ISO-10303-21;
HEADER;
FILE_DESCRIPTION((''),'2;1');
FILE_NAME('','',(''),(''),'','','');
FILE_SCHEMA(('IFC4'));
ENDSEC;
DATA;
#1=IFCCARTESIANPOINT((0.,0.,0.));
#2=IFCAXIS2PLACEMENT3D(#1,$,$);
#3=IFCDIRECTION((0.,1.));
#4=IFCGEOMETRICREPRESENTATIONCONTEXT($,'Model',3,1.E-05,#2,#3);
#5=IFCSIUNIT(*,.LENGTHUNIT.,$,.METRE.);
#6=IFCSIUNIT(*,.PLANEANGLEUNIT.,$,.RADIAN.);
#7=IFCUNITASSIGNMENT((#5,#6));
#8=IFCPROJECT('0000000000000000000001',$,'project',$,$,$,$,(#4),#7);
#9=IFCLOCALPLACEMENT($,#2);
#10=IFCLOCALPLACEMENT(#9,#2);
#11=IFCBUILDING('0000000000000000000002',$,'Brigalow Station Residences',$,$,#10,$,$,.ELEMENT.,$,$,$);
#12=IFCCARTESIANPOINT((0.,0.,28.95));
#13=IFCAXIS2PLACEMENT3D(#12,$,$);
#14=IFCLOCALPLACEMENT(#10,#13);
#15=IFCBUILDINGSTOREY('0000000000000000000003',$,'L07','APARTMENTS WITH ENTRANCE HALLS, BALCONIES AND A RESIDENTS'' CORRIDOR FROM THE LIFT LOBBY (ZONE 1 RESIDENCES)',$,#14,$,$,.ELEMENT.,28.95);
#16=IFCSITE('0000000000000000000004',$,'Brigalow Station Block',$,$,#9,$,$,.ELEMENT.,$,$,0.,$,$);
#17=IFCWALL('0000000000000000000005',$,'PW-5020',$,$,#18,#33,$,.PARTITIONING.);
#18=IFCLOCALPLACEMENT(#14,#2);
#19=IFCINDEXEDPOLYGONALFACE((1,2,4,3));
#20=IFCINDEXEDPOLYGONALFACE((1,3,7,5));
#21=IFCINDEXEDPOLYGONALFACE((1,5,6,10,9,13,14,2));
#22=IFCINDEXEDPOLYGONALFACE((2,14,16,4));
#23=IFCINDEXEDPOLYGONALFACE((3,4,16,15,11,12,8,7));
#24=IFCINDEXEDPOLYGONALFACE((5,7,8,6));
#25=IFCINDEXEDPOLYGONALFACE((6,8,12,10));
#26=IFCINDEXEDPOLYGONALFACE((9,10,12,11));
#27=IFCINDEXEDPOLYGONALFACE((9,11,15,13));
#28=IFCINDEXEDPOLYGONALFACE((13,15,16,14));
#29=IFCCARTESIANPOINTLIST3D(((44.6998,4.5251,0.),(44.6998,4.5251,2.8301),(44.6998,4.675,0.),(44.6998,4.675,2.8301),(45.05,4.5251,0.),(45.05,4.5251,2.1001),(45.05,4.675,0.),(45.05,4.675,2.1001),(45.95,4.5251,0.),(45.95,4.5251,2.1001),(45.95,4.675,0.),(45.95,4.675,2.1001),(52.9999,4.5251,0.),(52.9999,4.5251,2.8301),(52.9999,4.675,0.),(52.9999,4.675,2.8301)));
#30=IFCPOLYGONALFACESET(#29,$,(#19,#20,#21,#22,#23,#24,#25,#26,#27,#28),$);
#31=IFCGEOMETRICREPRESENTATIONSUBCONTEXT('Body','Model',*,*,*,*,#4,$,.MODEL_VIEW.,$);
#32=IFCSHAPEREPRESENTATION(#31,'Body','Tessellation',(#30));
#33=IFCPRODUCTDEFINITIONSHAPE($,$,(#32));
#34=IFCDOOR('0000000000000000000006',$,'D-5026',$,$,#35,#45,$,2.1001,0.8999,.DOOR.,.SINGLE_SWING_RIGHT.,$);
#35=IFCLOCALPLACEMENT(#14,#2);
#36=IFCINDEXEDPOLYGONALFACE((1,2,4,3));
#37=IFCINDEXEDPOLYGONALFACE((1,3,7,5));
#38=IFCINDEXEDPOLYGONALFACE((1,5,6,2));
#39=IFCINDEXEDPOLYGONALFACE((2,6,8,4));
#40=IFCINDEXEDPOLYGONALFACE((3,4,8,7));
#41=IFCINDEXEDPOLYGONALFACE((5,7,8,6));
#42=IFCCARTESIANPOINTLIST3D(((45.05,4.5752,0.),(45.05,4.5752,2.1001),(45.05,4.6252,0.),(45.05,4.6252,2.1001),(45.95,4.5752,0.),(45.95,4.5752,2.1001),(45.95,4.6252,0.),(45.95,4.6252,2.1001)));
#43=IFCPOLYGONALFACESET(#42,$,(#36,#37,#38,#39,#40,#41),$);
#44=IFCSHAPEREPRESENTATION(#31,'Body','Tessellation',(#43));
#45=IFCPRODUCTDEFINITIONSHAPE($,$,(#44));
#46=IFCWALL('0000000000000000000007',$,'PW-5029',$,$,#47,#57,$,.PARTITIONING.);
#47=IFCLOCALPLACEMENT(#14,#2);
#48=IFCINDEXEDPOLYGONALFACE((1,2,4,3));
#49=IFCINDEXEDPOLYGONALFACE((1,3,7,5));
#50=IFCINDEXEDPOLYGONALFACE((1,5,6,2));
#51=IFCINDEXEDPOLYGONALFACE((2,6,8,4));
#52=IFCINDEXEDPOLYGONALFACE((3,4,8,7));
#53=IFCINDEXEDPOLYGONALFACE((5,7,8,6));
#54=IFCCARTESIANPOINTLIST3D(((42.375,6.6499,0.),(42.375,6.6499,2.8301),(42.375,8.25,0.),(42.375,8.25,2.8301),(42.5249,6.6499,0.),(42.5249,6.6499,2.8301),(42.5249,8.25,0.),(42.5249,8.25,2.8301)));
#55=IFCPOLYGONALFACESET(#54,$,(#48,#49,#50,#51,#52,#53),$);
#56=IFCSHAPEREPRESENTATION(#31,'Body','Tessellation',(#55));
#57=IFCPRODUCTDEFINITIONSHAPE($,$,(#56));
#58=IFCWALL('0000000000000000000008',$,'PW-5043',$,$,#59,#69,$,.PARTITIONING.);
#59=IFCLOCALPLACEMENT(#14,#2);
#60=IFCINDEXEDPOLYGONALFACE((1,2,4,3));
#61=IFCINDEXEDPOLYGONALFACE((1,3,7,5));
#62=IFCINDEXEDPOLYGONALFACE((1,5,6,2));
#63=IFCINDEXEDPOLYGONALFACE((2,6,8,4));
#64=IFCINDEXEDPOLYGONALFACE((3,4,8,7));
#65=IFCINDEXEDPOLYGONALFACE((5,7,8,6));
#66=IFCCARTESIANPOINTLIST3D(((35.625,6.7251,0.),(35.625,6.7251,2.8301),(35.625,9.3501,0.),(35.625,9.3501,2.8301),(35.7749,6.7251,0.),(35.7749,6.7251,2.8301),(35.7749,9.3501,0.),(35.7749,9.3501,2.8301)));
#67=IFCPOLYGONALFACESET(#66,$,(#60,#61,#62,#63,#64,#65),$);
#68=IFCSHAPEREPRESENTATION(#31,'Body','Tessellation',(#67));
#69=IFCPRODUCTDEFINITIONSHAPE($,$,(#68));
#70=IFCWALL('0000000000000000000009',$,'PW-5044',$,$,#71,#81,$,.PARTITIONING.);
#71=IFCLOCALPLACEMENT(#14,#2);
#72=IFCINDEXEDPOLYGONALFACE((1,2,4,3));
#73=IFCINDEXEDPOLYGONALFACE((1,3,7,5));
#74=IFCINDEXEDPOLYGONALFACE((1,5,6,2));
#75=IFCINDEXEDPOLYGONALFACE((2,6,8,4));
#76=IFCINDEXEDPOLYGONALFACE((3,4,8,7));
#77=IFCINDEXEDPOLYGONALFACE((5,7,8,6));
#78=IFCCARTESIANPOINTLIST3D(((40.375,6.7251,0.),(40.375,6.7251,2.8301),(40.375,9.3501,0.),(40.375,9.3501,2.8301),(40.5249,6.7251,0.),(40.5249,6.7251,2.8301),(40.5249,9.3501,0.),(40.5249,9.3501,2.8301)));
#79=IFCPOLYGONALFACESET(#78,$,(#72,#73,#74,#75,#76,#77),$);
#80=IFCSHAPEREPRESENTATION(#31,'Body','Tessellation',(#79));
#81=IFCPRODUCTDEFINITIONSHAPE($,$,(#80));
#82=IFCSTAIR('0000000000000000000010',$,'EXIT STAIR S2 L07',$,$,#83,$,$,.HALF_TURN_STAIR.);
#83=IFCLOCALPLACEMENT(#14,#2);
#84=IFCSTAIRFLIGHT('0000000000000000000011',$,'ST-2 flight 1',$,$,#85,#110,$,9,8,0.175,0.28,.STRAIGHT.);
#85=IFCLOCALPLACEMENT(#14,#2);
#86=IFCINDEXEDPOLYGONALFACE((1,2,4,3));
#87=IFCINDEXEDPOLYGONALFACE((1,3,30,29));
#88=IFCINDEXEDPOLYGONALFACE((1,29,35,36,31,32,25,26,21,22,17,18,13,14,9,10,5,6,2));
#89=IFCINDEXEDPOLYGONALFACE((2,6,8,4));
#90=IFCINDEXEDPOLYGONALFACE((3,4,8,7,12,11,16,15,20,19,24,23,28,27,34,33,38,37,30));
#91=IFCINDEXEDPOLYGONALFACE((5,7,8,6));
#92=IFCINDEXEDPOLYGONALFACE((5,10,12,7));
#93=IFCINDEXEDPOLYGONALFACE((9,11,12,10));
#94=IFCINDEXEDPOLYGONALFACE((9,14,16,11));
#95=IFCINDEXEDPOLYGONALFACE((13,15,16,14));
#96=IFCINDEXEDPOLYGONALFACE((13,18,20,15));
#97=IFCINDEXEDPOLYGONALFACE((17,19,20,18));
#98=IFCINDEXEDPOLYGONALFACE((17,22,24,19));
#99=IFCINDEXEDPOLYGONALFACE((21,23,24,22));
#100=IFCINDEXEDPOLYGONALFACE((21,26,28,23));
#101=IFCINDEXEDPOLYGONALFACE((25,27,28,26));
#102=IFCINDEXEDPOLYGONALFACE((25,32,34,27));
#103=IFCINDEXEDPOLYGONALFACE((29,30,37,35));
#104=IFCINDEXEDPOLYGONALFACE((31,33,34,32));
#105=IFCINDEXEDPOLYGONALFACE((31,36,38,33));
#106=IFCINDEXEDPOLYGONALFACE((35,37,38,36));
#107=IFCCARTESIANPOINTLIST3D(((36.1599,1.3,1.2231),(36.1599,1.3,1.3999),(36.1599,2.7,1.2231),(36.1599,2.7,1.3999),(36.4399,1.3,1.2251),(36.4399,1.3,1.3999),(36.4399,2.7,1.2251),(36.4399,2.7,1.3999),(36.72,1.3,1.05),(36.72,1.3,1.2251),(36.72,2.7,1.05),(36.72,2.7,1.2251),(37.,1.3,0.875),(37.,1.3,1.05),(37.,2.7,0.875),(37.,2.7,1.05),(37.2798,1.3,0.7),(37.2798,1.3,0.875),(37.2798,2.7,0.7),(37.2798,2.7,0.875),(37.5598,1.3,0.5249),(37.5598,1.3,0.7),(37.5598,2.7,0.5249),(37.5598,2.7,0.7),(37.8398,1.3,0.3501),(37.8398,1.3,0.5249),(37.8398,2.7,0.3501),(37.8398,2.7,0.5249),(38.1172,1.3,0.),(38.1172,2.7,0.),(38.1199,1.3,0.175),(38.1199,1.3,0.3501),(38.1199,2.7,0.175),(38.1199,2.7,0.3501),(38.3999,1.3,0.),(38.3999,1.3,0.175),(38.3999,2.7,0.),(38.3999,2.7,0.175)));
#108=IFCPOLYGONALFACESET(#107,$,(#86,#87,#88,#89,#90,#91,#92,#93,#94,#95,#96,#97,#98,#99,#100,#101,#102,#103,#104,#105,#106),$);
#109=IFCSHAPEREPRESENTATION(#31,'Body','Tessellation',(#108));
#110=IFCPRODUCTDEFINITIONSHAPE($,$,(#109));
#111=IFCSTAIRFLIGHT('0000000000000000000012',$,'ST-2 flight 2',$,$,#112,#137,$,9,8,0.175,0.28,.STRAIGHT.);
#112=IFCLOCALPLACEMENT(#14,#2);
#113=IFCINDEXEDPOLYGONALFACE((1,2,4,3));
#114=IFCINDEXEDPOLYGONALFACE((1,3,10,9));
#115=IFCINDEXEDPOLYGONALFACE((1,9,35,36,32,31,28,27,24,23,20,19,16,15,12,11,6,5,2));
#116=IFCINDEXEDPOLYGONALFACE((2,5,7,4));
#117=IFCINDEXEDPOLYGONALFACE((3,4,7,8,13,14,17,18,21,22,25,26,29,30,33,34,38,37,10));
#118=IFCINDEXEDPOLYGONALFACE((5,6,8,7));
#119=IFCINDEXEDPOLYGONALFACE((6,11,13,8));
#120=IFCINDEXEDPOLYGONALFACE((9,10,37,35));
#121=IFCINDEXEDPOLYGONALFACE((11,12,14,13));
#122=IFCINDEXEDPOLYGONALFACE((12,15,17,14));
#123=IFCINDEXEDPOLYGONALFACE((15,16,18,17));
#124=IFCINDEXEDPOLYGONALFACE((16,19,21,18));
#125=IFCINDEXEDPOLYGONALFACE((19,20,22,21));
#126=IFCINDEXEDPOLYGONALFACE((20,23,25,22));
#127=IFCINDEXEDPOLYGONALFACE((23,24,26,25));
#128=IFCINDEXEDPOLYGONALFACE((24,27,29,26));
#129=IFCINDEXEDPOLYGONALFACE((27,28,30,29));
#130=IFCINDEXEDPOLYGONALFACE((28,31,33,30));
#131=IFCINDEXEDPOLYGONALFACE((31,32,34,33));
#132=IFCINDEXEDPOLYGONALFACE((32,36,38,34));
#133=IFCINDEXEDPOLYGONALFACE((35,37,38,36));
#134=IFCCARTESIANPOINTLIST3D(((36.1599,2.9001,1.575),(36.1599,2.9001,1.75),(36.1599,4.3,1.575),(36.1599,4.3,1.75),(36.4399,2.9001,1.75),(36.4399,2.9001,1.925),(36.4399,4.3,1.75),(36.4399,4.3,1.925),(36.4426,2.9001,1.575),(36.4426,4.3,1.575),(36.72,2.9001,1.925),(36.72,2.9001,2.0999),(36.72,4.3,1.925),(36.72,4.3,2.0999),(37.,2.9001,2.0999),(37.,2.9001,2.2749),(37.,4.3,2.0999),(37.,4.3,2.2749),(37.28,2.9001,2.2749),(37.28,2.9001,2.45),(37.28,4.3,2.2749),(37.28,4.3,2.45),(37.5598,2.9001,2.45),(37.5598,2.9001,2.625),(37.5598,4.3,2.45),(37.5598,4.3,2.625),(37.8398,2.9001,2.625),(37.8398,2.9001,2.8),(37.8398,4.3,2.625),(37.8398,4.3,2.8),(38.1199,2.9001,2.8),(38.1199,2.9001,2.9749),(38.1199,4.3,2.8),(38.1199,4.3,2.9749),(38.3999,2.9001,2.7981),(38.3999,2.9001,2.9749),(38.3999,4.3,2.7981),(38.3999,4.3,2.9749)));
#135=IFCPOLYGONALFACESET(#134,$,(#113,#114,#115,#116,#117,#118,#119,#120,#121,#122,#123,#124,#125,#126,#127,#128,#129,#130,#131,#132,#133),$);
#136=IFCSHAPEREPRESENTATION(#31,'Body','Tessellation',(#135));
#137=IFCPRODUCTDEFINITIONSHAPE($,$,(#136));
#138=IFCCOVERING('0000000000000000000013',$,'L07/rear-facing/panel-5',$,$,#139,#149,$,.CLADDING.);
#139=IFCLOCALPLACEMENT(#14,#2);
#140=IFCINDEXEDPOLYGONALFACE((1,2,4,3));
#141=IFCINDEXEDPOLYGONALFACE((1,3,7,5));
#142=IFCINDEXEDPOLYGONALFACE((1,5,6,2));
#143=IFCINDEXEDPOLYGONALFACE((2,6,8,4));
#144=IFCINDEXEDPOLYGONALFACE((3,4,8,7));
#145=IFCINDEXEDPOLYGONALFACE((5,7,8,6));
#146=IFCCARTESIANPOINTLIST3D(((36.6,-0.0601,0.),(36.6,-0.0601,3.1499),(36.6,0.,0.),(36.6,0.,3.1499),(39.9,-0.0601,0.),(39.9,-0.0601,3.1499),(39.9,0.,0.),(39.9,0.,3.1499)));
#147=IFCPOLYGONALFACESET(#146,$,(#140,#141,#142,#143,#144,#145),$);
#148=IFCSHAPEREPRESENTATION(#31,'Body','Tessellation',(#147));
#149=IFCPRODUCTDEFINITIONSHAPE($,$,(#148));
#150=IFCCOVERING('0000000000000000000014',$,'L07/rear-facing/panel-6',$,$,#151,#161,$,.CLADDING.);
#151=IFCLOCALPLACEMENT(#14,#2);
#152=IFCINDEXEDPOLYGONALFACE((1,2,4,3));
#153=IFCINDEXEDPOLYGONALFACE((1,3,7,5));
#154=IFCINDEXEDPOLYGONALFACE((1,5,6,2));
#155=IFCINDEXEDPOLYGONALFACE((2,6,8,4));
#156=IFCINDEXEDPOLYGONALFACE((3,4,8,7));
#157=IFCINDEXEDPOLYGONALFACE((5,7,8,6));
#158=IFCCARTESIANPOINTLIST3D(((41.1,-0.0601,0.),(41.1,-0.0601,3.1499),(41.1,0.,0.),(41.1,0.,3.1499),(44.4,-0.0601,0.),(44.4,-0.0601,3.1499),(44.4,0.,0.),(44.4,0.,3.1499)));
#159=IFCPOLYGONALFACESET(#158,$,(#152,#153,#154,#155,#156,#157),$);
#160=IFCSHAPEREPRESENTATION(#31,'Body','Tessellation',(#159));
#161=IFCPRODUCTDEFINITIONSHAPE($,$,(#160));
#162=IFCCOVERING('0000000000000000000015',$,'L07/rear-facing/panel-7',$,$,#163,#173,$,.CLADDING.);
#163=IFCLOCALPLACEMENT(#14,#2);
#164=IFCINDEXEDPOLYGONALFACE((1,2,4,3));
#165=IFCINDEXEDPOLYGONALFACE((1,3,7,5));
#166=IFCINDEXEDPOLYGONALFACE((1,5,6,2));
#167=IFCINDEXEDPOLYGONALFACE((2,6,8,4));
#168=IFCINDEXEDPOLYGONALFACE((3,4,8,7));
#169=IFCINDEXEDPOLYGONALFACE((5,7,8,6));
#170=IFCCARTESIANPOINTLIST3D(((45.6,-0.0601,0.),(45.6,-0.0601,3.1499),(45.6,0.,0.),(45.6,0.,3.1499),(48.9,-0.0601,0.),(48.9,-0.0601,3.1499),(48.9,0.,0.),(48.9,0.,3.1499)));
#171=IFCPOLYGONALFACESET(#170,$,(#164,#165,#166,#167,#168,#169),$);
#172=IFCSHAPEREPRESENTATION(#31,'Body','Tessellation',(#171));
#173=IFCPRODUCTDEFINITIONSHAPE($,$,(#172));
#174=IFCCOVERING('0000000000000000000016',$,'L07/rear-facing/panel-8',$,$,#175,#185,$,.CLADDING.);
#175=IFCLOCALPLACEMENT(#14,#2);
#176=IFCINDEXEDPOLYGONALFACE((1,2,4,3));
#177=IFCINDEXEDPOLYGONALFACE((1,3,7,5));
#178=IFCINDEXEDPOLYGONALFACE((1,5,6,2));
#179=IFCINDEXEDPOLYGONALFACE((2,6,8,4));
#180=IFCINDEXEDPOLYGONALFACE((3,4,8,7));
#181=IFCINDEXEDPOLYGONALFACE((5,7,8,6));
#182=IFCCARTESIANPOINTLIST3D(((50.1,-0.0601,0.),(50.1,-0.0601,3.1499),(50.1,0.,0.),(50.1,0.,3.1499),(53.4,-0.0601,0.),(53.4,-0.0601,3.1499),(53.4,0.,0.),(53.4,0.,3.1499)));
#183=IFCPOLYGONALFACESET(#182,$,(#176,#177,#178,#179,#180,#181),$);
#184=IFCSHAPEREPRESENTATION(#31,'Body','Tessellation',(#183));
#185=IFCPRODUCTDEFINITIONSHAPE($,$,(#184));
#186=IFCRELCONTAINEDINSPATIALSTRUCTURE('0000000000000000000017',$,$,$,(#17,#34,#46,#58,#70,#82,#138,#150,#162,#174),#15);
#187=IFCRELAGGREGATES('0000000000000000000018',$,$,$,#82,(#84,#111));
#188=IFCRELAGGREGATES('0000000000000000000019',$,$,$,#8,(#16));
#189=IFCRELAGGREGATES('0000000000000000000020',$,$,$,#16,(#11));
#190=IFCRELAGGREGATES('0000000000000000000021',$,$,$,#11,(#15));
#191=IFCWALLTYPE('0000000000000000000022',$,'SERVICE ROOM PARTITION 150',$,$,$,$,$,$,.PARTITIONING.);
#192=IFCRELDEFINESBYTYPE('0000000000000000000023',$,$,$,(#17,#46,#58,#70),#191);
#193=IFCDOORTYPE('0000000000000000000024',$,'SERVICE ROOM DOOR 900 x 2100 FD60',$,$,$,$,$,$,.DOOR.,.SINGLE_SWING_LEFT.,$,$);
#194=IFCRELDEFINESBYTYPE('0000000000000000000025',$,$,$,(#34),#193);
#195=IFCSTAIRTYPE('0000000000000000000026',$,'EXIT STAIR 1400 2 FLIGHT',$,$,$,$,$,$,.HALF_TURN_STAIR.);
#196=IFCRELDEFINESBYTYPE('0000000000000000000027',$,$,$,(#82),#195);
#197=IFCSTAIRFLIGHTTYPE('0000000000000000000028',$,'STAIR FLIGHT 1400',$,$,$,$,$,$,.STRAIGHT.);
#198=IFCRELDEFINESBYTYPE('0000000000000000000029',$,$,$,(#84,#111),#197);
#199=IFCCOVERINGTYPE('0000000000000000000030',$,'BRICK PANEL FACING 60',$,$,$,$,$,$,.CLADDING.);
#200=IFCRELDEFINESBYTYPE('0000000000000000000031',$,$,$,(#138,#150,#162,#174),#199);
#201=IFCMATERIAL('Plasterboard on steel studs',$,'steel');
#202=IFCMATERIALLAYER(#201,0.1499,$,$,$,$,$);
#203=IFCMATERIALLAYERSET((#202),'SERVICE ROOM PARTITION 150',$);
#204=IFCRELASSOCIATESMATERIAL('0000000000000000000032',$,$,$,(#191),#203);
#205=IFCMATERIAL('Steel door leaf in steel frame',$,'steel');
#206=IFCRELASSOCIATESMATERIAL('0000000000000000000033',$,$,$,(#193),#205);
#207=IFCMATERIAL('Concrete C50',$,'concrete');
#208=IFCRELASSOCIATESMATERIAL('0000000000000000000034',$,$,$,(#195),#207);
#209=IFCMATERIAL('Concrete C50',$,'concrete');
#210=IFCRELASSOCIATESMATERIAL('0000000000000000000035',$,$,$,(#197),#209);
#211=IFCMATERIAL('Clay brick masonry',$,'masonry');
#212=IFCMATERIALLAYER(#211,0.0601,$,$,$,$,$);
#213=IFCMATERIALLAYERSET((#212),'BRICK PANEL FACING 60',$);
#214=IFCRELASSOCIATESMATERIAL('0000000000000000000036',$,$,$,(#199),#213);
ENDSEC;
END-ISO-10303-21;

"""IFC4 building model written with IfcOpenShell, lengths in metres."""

from ifc_helpers import new_model, si_unit, direction, frame, frame_2d, origin, origin_2d, place, context, subcontext, project, spatial, polyline, rectangle, outline, extrude, material, layer, layer_set, type_object, element, fill, aggregate, save


model = new_model("IFC4")

# Units and contexts
model_context = context("Model", 3, precision=1e-05, world=origin(), true_north=direction((0.0, 1.0)))
body_context = subcontext(model_context, "Body", "Model", "MODEL_VIEW")
ifc_project = project(units=[si_unit("LENGTHUNIT", "METRE"), si_unit("PLANEANGLEUNIT", "RADIAN")], contexts=[model_context])

# Site, building, storey
site_placement = place(None, origin())
site = spatial("IfcSite", under=ifc_project, at=site_placement, Name="Brigalow Station Block", CompositionType="ELEMENT", RefElevation=0.0)
building_placement = place(site_placement, origin())
building = spatial("IfcBuilding", under=site, at=building_placement, Name="Brigalow Station Residences", CompositionType="ELEMENT")
storey_placement = place(building_placement, frame((0.0, 0.0, 28.95)))
storey = spatial("IfcBuildingStorey", under=building, at=storey_placement, Name="L07", Description="APARTMENTS WITH ENTRANCE HALLS, BALCONIES AND A RESIDENTS' CORRIDOR FROM THE LIFT LOBBY (ZONE 1 RESIDENCES)", CompositionType="ELEMENT", Elevation=28.95)

# Wall, opening, door
ifc_material_1 = material(Name="Plasterboard on steel studs", Category="steel")
ifc_layer_1 = layer(ifc_material_1, 0.1499)
ifc_layer_set_1 = layer_set([ifc_layer_1], Name="SERVICE ROOM PARTITION 150")
wall_type_1 = type_object("IfcWallType", Name="SERVICE ROOM PARTITION 150", PredefinedType="PARTITIONING", material=ifc_layer_set_1)
wall_1_placement = place(storey_placement, frame((44.7, 4.6001, 0.0), z_axis=(0.0, 0.0, 1.0), x_axis=(1.0, 0.0, 0.0)))
wall_1 = element("IfcWall", 1, at=wall_1_placement, inside=storey, type_object=wall_type_1, Name="PW-5020", PredefinedType="PARTITIONING", context=body_context, shape_type="SweptSolid", body=[
    extrude(rectangle(XDim=8.3, YDim=0.1499, at=frame_2d((4.1499, 0.0))), origin(), (0.0, 0.0, 1.0), 2.8301),
])
opening_1_placement = place(wall_1_placement, frame((0.3501, 0.0, 0.0)))
opening_1 = element("IfcOpeningElement", 2, at=opening_1_placement, cuts=wall_1, PredefinedType="OPENING", context=body_context, shape_type="SweptSolid", body=[
    extrude(rectangle(XDim=0.8999, YDim=2.1001, at=frame_2d((0.45, 1.05))), frame((0.0, 0.085, 0.0), z_axis=(0.0, -1.0, 0.0), x_axis=(1.0, 0.0, 0.0)), (0.0, 0.0, 1.0), 0.1699),
])
ifc_material_2 = material(Name="Steel door leaf in steel frame", Category="steel")
door_type_1 = type_object("IfcDoorType", Name="SERVICE ROOM DOOR 900 x 2100 FD60", OperationType="SINGLE_SWING_LEFT", PredefinedType="DOOR", material=ifc_material_2)
door_1_placement = place(opening_1_placement, frame((0.8999, 0.0, 0.0), z_axis=(0.0, 0.0, 1.0), x_axis=(-1.0, 0.0, 0.0)))
door_1 = element("IfcDoor", 3, at=door_1_placement, inside=storey, type_object=door_type_1, Name="D-5026", OperationType="SINGLE_SWING_RIGHT", OverallHeight=2.1001, OverallWidth=0.8999, PredefinedType="DOOR", context=body_context, shape_type="SweptSolid", body=[
    extrude(rectangle(XDim=0.8999, YDim=2.1001, at=frame_2d((0.45, 1.05))), frame((0.0, 0.0249, 0.0), z_axis=(0.0, -1.0, 0.0), x_axis=(1.0, 0.0, 0.0)), (0.0, 0.0, 1.0), 0.05),
])
fill(opening_1, door_1)

# Walls
wall_2_placement = place(storey_placement, frame((42.45, 6.6499, 0.0), z_axis=(0.0, 0.0, 1.0), x_axis=(0.0, 1.0, 0.0)))
element("IfcWall", 4, at=wall_2_placement, inside=storey, type_object=wall_type_1, Name="PW-5029", PredefinedType="PARTITIONING", context=body_context, shape_type="SweptSolid", body=[
    extrude(rectangle(XDim=1.6001, YDim=0.1499, at=frame_2d((0.8, 0.0))), origin(), (0.0, 0.0, 1.0), 2.8301),
])
for number, where, z_axis, x_axis, name in (
    (5, (35.7, 6.7251, 0.0), (0.0, 0.0, 1.0), (0.0, 1.0, 0.0), "PW-5043"),
    (6, (40.45, 6.7251, 0.0), (0.0, 0.0, 1.0), (0.0, 1.0, 0.0), "PW-5044"),
):
    element("IfcWall", number, at=place(storey_placement, frame(where, z_axis=z_axis, x_axis=x_axis)), inside=storey, type_object=wall_type_1, Name=name, PredefinedType="PARTITIONING", context=body_context, shape_type="SweptSolid", body=[
        extrude(rectangle(XDim=2.625, YDim=0.1499, at=frame_2d((1.3125, 0.0))), origin(), (0.0, 0.0, 1.0), 2.8301),
    ])

# Stair, stair flights
ifc_material_3 = material(Name="Concrete C50", Category="concrete")
stair_type = type_object("IfcStairType", Name="EXIT STAIR 1400 2 FLIGHT", PredefinedType="HALF_TURN_STAIR", material=ifc_material_3)
stair_placement = place(storey_placement, origin())
stair = element("IfcStair", 7, at=stair_placement, inside=storey, type_object=stair_type, Name="EXIT STAIR S2 L07", PredefinedType="HALF_TURN_STAIR")
ifc_material_4 = material(Name="Concrete C50", Category="concrete")
stair_flight_type = type_object("IfcStairFlightType", Name="STAIR FLIGHT 1400", PredefinedType="STRAIGHT", material=ifc_material_4)
stair_flight_1_placement = place(storey_placement, frame((38.3999, 2.0, 0.0), z_axis=(0.0, 0.0, 1.0), x_axis=(-1.0, 0.0, 0.0)))
stair_flight_1 = element("IfcStairFlight", 8, at=stair_flight_1_placement, type_object=stair_flight_type, Name="ST-2 flight 1", NumberOfRisers=9, NumberOfTreads=8, PredefinedType="STRAIGHT", RiserHeight=0.175, TreadLength=0.28, context=body_context, shape_type="SweptSolid", body=[
    extrude(outline(polyline([(0.0, 0.0), (0.0, 0.175), (0.28, 0.175), (0.28, 0.3501), (0.5601, 0.3501), (0.5601, 0.5249), (0.8401, 0.5249), (0.8401, 0.7), (1.1201, 0.7), (1.1201, 0.875), (1.3999, 0.875), (1.3999, 1.05), (1.6799, 1.05), (1.6799, 1.2251), (1.96, 1.2251), (1.96, 1.3999), (2.24, 1.3999), (2.24, 1.575), (2.24, 1.2231), (0.2827, 0.0), (0.0, 0.0)])), frame((0.0, 0.7, 0.0), z_axis=(0.0, -1.0, 0.0), x_axis=(1.0, 0.0, 0.0)), (0.0, 0.0, 1.0), 1.3999),
])
stair_flight_2_placement = place(storey_placement, frame((36.1599, 3.6001, 1.575), z_axis=(0.0, 0.0, 1.0), x_axis=(1.0, 0.0, 0.0)))
stair_flight_2 = element("IfcStairFlight", 9, at=stair_flight_2_placement, type_object=stair_flight_type, Name="ST-2 flight 2", NumberOfRisers=9, NumberOfTreads=8, PredefinedType="STRAIGHT", RiserHeight=0.175, TreadLength=0.28, context=body_context, shape_type="SweptSolid", body=[
    extrude(outline(polyline([(0.0, 0.0), (0.0, 0.175), (0.28, 0.175), (0.28, 0.3501), (0.5601, 0.3501), (0.5601, 0.5249), (0.8401, 0.5249), (0.8401, 0.7), (1.1201, 0.7), (1.1201, 0.875), (1.3999, 0.875), (1.3999, 1.05), (1.6799, 1.05), (1.6799, 1.2251), (1.96, 1.2251), (1.96, 1.3999), (2.24, 1.3999), (2.24, 1.575), (2.24, 1.2231), (0.2827, 0.0), (0.0, 0.0)])), frame((0.0, 0.7, 0.0), z_axis=(0.0, -1.0, 0.0), x_axis=(1.0, 0.0, 0.0)), (0.0, 0.0, 1.0), 1.3999),
])
aggregate(stair, [stair_flight_1, stair_flight_2])

# Coverings
ifc_material_5 = material(Name="Clay brick masonry", Category="masonry")
ifc_layer_2 = layer(ifc_material_5, 0.0601)
ifc_layer_set_2 = layer_set([ifc_layer_2], Name="BRICK PANEL FACING 60")
covering_type_1 = type_object("IfcCoveringType", Name="BRICK PANEL FACING 60", PredefinedType="CLADDING", material=ifc_layer_set_2)
for number, where, z_axis, x_axis, name in (
    (10, (38.25, -0.03, 0.0), (0.0, 0.0, 1.0), (1.0, 0.0, 0.0), "L07/rear-facing/panel-5"),
    (11, (42.75, -0.03, 0.0), (0.0, 0.0, 1.0), (1.0, 0.0, 0.0), "L07/rear-facing/panel-6"),
    (12, (47.25, -0.03, 0.0), (0.0, 0.0, 1.0), (1.0, 0.0, 0.0), "L07/rear-facing/panel-7"),
    (13, (51.75, -0.03, 0.0), (0.0, 0.0, 1.0), (1.0, 0.0, 0.0), "L07/rear-facing/panel-8"),
):
    element("IfcCovering", number, at=place(storey_placement, frame(where, z_axis=z_axis, x_axis=x_axis)), inside=storey, type_object=covering_type_1, Name=name, PredefinedType="CLADDING", context=body_context, shape_type="SweptSolid", body=[
        extrude(rectangle(XDim=3.3, YDim=0.0601, at=origin_2d()), origin(), (0.0, 0.0, 1.0), 3.1499),
    ])

save(model, "model.ifc")
